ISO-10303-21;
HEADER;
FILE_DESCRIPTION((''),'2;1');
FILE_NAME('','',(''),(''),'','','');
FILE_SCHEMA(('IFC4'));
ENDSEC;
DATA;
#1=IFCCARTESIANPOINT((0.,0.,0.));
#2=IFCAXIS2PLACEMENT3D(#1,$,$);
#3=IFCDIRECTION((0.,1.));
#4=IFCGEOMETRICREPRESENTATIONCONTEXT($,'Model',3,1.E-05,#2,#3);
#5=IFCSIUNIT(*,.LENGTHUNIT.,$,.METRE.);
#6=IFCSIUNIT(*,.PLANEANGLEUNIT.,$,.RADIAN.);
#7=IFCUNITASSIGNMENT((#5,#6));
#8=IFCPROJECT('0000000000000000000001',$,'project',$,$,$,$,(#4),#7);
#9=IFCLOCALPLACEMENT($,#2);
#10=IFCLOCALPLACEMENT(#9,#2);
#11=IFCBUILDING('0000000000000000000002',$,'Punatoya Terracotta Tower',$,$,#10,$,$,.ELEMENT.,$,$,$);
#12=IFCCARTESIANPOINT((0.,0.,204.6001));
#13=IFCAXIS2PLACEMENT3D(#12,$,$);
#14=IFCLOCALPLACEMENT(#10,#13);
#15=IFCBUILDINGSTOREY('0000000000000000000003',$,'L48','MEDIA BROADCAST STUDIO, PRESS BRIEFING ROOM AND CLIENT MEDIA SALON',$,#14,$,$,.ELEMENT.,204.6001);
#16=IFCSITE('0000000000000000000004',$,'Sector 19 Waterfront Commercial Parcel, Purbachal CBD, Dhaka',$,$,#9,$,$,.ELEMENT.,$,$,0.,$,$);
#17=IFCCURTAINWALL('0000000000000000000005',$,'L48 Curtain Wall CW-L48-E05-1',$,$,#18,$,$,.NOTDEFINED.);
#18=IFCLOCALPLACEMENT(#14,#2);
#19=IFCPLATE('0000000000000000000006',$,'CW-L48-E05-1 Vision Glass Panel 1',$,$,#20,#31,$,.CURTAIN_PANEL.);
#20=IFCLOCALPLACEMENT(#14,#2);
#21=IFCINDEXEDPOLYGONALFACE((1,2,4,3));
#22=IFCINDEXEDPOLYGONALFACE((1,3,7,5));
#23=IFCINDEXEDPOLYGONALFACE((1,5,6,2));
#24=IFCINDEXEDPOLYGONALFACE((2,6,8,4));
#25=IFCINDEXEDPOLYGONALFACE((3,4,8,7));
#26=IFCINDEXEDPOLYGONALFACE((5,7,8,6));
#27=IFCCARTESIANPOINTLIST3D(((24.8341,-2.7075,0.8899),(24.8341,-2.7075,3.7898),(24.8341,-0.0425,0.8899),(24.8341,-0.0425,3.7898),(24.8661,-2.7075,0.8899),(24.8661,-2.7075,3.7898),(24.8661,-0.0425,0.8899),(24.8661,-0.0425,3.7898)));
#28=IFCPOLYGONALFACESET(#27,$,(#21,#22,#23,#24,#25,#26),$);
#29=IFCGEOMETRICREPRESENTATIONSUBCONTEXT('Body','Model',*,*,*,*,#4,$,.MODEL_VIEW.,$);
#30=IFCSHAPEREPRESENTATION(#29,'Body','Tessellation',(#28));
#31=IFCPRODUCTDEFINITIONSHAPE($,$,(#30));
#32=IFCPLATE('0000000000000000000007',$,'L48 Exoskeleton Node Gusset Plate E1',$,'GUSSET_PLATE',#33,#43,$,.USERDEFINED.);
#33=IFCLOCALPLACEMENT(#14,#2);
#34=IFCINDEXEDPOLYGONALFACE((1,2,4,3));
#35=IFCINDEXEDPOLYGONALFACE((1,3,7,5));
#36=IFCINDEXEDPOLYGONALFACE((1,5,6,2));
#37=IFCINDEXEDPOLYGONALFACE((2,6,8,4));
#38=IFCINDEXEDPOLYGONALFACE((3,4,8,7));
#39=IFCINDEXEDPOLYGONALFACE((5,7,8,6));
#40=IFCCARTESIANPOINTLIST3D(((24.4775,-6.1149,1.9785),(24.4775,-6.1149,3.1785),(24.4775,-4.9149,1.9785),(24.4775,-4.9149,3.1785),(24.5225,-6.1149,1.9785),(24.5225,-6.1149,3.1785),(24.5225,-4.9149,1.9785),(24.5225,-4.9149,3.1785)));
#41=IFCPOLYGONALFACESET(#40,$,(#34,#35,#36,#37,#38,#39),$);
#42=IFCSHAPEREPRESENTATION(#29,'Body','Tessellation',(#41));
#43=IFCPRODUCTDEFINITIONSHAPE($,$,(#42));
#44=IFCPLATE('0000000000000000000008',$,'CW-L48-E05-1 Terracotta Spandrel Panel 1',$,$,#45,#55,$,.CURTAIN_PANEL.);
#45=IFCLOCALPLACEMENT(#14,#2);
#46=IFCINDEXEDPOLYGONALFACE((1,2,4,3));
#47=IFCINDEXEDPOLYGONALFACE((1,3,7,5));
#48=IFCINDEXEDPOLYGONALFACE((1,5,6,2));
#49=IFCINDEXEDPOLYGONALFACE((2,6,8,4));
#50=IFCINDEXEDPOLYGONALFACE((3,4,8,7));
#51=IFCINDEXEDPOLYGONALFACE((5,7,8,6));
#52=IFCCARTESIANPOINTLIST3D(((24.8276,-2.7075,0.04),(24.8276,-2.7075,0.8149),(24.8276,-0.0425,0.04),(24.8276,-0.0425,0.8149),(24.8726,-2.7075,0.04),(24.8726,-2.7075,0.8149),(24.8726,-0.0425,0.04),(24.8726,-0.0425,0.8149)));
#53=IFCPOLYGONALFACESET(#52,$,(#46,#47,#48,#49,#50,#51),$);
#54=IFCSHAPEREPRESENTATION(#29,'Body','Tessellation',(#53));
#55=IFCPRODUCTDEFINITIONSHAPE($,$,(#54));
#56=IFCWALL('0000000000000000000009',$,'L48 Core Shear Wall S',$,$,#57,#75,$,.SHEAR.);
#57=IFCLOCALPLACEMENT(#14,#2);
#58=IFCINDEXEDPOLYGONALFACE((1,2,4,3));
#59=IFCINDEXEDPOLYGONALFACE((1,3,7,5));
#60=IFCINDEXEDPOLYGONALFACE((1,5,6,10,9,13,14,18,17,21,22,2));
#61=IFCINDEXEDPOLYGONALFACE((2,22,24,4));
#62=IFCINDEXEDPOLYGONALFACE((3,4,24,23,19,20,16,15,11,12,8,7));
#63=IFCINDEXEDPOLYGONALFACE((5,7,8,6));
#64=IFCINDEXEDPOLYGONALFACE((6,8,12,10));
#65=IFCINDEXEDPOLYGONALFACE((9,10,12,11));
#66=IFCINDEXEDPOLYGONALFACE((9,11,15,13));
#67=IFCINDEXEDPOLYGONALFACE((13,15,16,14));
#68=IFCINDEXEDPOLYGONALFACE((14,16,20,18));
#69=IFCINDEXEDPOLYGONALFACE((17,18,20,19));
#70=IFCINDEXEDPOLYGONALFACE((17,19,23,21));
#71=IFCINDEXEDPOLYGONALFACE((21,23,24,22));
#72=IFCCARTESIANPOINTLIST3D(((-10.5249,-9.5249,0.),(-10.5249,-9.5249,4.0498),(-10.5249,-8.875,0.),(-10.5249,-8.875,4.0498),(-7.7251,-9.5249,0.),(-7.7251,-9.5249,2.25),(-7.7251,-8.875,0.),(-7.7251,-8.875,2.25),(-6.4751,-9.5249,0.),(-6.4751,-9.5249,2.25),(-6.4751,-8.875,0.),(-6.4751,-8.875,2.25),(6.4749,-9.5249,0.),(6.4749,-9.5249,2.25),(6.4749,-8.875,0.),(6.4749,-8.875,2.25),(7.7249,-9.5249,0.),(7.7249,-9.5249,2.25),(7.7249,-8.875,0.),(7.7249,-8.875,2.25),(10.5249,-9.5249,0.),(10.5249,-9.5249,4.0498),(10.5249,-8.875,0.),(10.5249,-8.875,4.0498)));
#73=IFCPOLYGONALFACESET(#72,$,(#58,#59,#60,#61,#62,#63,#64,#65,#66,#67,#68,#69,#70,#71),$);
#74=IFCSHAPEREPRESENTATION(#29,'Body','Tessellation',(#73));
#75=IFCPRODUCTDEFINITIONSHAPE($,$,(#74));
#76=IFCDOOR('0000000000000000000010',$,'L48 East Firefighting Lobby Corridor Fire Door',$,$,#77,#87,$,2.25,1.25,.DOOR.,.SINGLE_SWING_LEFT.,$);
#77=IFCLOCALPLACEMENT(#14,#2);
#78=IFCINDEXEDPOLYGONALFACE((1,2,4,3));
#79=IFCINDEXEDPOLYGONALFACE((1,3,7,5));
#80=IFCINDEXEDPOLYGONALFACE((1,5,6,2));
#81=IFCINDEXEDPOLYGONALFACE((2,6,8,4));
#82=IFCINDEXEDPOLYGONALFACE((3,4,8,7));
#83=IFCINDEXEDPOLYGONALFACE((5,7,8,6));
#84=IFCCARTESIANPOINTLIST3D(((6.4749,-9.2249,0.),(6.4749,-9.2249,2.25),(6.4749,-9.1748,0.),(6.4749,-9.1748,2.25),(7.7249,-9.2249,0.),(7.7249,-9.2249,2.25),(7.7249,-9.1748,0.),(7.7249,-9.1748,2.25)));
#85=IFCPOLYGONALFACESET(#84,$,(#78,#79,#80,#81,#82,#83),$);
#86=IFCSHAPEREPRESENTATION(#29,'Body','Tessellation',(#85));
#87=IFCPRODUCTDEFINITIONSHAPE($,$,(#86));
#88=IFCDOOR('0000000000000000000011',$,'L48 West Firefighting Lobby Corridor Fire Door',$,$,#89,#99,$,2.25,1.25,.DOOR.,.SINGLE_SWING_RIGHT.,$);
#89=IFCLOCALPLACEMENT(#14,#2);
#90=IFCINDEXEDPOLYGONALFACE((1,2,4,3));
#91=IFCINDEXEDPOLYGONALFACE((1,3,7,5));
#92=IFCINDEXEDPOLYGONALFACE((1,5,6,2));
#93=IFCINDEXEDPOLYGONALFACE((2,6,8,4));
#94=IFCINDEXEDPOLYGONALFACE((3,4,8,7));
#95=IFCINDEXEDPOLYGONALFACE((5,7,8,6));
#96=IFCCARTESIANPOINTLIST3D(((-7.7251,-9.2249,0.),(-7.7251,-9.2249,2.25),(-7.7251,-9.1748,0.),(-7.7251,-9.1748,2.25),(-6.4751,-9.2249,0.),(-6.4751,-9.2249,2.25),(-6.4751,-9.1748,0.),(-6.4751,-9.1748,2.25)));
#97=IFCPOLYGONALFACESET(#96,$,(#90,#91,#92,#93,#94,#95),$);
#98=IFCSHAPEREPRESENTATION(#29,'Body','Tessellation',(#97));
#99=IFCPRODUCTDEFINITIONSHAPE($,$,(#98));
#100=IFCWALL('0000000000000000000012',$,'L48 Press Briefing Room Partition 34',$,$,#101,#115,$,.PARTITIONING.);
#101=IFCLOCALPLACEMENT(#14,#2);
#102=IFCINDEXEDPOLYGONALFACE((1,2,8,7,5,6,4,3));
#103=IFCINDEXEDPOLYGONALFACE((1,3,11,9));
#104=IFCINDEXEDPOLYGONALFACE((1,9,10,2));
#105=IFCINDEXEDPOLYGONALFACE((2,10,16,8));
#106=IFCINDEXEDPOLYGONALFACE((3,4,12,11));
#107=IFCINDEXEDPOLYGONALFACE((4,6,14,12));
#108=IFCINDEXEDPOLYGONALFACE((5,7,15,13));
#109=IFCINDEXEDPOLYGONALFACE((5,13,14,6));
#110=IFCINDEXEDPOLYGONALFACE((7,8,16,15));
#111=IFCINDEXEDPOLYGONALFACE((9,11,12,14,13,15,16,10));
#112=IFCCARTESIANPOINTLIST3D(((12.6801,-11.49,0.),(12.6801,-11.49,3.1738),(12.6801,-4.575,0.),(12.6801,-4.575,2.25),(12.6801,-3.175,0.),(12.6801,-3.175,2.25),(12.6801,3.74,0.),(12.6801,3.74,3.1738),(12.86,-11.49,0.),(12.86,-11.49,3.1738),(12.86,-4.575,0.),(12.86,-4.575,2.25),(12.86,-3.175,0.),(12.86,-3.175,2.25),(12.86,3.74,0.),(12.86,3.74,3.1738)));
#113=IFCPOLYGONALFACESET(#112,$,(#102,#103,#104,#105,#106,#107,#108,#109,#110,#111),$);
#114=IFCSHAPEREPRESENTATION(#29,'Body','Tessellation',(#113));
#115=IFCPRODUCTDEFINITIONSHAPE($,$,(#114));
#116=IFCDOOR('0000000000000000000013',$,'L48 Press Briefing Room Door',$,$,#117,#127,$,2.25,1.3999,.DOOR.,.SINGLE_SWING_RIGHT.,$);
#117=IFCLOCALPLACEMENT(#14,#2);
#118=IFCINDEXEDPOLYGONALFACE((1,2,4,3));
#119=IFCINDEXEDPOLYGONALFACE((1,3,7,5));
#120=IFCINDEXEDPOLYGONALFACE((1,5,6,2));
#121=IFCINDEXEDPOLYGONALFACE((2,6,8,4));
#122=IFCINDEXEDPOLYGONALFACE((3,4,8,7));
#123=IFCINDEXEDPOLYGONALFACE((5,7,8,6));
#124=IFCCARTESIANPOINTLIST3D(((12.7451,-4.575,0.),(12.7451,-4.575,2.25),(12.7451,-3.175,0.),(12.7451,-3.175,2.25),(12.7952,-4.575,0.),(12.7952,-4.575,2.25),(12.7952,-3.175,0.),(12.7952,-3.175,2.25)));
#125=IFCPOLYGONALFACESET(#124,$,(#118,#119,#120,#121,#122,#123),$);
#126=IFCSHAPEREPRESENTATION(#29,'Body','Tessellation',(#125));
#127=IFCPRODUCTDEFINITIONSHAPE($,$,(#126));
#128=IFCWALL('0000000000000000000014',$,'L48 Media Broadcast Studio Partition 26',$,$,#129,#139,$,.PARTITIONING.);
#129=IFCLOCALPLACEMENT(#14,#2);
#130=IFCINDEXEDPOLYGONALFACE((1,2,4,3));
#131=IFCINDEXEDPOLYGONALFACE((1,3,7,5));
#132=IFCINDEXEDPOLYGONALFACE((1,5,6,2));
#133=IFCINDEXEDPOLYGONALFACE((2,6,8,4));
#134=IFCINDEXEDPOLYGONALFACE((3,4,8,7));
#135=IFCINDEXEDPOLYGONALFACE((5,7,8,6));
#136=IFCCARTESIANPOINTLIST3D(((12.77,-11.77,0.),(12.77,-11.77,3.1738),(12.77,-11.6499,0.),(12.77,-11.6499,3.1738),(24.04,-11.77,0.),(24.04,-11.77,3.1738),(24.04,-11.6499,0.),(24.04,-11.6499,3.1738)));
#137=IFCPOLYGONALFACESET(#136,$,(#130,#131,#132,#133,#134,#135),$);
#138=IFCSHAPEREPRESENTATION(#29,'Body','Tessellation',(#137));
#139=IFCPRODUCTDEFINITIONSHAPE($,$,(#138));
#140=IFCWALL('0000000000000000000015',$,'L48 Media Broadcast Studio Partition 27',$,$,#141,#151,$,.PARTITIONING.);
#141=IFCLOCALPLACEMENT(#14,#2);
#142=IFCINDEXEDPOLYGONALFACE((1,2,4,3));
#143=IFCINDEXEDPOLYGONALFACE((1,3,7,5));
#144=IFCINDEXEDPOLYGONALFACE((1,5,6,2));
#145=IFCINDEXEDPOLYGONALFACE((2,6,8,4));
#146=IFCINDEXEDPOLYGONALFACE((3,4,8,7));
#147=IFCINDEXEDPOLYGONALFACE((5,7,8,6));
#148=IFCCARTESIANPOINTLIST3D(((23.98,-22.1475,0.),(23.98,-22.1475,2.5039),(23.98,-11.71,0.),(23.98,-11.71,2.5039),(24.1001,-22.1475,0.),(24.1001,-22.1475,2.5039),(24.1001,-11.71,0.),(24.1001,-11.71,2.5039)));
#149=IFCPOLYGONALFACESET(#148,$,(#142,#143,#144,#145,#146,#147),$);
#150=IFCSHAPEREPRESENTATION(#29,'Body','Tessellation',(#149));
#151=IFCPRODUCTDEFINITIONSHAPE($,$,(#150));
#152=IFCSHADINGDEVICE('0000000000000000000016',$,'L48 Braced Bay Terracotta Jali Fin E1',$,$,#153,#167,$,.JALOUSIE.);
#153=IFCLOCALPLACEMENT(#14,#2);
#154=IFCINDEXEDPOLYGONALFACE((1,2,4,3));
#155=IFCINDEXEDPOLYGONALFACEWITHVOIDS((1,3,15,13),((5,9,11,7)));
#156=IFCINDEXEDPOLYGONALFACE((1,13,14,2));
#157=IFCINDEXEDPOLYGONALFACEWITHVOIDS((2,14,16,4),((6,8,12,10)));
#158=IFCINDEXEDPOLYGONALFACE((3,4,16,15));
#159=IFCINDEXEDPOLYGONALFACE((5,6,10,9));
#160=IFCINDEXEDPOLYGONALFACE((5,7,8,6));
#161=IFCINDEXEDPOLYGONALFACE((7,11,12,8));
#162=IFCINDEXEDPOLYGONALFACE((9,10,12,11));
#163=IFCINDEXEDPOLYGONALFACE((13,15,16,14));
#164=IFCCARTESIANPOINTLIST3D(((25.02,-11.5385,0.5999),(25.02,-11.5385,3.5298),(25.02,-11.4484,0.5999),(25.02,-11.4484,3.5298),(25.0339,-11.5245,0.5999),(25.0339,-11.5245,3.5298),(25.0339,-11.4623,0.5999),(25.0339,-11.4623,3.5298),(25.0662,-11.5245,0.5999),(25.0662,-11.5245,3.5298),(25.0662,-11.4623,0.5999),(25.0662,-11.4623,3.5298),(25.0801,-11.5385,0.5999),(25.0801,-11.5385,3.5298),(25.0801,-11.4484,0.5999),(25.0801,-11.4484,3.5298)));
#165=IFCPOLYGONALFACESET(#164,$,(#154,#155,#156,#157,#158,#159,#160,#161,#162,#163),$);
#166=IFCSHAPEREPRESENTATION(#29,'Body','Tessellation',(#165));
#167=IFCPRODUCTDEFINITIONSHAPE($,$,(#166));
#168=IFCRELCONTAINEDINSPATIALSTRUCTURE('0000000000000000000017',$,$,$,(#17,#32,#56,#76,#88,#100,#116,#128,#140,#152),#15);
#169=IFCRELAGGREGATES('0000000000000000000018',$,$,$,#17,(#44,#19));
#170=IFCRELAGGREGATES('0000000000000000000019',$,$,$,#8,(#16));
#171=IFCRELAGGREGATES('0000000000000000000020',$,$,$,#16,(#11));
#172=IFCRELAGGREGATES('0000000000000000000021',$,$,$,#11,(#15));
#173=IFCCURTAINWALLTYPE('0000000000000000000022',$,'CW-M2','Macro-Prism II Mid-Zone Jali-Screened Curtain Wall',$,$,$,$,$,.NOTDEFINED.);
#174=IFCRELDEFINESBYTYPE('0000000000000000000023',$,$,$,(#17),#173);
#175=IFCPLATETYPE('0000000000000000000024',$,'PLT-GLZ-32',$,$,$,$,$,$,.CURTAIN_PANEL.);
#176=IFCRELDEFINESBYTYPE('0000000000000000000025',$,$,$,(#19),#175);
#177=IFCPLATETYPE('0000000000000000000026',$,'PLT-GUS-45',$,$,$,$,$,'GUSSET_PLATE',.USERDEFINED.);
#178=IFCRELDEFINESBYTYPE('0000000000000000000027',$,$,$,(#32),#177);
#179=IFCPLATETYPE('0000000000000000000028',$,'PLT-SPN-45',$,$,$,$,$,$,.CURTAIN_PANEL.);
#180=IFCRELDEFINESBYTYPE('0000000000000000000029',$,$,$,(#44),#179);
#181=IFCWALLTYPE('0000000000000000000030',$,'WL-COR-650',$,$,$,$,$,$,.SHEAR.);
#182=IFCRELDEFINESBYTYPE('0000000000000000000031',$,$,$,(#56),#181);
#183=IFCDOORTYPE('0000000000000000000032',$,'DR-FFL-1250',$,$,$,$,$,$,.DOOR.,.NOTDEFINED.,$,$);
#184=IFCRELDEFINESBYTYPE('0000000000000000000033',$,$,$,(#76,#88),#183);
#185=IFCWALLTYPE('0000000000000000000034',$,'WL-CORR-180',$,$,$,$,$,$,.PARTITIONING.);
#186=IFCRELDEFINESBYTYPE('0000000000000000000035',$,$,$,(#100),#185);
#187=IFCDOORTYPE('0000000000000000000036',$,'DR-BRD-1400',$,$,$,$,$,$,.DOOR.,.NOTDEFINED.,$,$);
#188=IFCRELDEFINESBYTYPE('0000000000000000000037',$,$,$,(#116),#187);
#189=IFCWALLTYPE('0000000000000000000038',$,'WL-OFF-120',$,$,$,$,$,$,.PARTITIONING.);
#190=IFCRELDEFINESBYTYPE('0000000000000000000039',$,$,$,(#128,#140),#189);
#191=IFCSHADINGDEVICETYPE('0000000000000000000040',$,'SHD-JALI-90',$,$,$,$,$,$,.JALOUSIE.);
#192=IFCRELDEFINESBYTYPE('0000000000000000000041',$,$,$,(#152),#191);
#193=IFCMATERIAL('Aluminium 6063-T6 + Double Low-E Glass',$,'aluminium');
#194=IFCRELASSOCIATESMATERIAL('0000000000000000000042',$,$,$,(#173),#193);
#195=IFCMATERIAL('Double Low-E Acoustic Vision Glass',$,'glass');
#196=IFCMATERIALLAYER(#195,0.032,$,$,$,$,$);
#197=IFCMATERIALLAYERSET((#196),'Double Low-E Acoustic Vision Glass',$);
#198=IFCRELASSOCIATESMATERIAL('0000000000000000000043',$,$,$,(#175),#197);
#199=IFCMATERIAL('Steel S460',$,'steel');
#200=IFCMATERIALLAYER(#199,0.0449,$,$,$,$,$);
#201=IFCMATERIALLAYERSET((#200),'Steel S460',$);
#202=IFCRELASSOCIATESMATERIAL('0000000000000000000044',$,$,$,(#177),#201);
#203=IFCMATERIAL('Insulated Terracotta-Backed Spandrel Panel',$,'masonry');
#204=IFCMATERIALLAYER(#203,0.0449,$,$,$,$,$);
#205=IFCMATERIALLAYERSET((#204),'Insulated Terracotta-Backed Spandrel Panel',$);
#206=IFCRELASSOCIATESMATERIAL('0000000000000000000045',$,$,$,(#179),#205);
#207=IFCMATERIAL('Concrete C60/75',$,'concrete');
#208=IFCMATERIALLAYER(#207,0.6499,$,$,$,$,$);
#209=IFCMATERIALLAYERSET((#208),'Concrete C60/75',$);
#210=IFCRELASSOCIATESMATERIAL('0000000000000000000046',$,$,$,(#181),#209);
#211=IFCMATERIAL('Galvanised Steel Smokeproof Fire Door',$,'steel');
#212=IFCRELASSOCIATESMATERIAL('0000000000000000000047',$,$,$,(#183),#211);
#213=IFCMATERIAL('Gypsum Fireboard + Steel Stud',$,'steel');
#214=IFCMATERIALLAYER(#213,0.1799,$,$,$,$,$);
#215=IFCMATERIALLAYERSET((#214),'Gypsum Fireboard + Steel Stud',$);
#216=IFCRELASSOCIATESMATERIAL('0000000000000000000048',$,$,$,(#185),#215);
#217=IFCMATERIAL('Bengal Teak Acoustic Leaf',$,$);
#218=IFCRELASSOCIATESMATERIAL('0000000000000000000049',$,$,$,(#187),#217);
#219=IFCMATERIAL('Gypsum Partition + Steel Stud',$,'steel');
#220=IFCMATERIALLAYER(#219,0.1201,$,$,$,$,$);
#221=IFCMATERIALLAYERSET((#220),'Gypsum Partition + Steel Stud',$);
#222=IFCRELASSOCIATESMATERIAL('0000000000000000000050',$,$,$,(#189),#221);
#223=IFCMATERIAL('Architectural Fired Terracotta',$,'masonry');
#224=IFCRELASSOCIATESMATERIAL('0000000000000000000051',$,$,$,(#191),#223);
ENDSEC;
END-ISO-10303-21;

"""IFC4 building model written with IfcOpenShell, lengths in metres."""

from ifc_helpers import new_model, si_unit, direction, frame, frame_2d, origin, origin_2d, place, context, subcontext, project, spatial, rectangle, hollow_rectangle, extrude, material, layer, layer_set, material_profile, profile_set, type_object, element, fill, aggregate, save


model = new_model("IFC4")

# Units and contexts
model_context = context("Model", 3, precision=1e-05, world=origin(), true_north=direction((0.0, 1.0)))
body_context = subcontext(model_context, "Body", "Model", "MODEL_VIEW")
ifc_project = project(units=[si_unit("LENGTHUNIT", "METRE"), si_unit("PLANEANGLEUNIT", "RADIAN")], contexts=[model_context])

# Site, building, storey
site_placement = place(None, origin())
site = spatial("IfcSite", under=ifc_project, at=site_placement, Name="Sector 19 Waterfront Commercial Parcel, Purbachal CBD, Dhaka", CompositionType="ELEMENT", RefElevation=0.0)
building_placement = place(site_placement, origin())
building = spatial("IfcBuilding", under=site, at=building_placement, Name="Punatoya Terracotta Tower", CompositionType="ELEMENT")
storey_placement = place(building_placement, frame((0.0, 0.0, 204.6001)))
storey = spatial("IfcBuildingStorey", under=building, at=storey_placement, Name="L48", Description="MEDIA BROADCAST STUDIO, PRESS BRIEFING ROOM AND CLIENT MEDIA SALON", CompositionType="ELEMENT", Elevation=204.6001)

# Shared definitions
ifc_material_1 = material(Name="Steel S460", Category="steel")

# Curtain wall
ifc_material_2 = material(Name="Aluminium 6063-T6 + Double Low-E Glass", Category="aluminium")
curtain_wall_type = type_object("IfcCurtainWallType", Name="CW-M2", Description="Macro-Prism II Mid-Zone Jali-Screened Curtain Wall", PredefinedType="NOTDEFINED", material=ifc_material_2)
curtain_wall_placement = place(storey_placement, origin())
curtain_wall = element("IfcCurtainWall", 1, at=curtain_wall_placement, inside=storey, type_object=curtain_wall_type, Name="L48 Curtain Wall CW-L48-E05-1", PredefinedType="NOTDEFINED")

# Plates
ifc_material_3 = material(Name="Double Low-E Acoustic Vision Glass", Category="glass")
ifc_layer_1 = layer(ifc_material_3, 0.032)
ifc_layer_set_1 = layer_set([ifc_layer_1], Name="Double Low-E Acoustic Vision Glass")
plate_type_1 = type_object("IfcPlateType", Name="PLT-GLZ-32", PredefinedType="CURTAIN_PANEL", material=ifc_layer_set_1)
plate_1_placement = place(storey_placement, frame((24.8501, -1.375, 0.8899), z_axis=(0.0, 0.0, 1.0), x_axis=(0.0, 1.0, 0.0)))
plate_1 = element("IfcPlate", 2, at=plate_1_placement, type_object=plate_type_1, Name="CW-L48-E05-1 Vision Glass Panel 1", PredefinedType="CURTAIN_PANEL", context=body_context, shape_type="SweptSolid", body=[
    extrude(rectangle(XDim=2.665, YDim=0.032, at=origin_2d()), origin(), (0.0, 0.0, 1.0), 2.8999),
])
ifc_layer_2 = layer(ifc_material_1, 0.0449)
ifc_layer_set_2 = layer_set([ifc_layer_2], Name="Steel S460")
plate_type_2 = type_object("IfcPlateType", Name="PLT-GUS-45", ElementType="GUSSET_PLATE", PredefinedType="USERDEFINED", material=ifc_layer_set_2)
plate_2_placement = place(storey_placement, frame((24.5, -5.5149, 1.9785), z_axis=(0.0, 0.0, 1.0), x_axis=(0.0, 1.0, 0.0)))
element("IfcPlate", 3, at=plate_2_placement, inside=storey, type_object=plate_type_2, Name="L48 Exoskeleton Node Gusset Plate E1", ObjectType="GUSSET_PLATE", PredefinedType="USERDEFINED", context=body_context, shape_type="SweptSolid", body=[
    extrude(rectangle(XDim=1.2, YDim=0.0449, at=origin_2d()), origin(), (0.0, 0.0, 1.0), 1.2),
])
ifc_material_4 = material(Name="Insulated Terracotta-Backed Spandrel Panel", Category="masonry")
ifc_layer_3 = layer(ifc_material_4, 0.0449)
ifc_layer_set_3 = layer_set([ifc_layer_3], Name="Insulated Terracotta-Backed Spandrel Panel")
plate_type_3 = type_object("IfcPlateType", Name="PLT-SPN-45", PredefinedType="CURTAIN_PANEL", material=ifc_layer_set_3)
plate_3_placement = place(storey_placement, frame((24.8501, -1.375, 0.04), z_axis=(0.0, 0.0, 1.0), x_axis=(0.0, 1.0, 0.0)))
plate_3 = element("IfcPlate", 4, at=plate_3_placement, type_object=plate_type_3, Name="CW-L48-E05-1 Terracotta Spandrel Panel 1", PredefinedType="CURTAIN_PANEL", context=body_context, shape_type="SweptSolid", body=[
    extrude(rectangle(XDim=2.665, YDim=0.0449, at=origin_2d()), origin(), (0.0, 0.0, 1.0), 0.7749),
])
aggregate(curtain_wall, [plate_3, plate_1])

# Wall, openings, doors
ifc_material_5 = material(Name="Concrete C60/75", Category="concrete")
ifc_layer_4 = layer(ifc_material_5, 0.6499)
ifc_layer_set_4 = layer_set([ifc_layer_4], Name="Concrete C60/75")
wall_type_1 = type_object("IfcWallType", Name="WL-COR-650", PredefinedType="SHEAR", material=ifc_layer_set_4)
wall_1_placement = place(storey_placement, frame((10.5249, -9.2, 0.0), z_axis=(0.0, 0.0, 1.0), x_axis=(-1.0, 0.0, 0.0)))
wall_1 = element("IfcWall", 5, at=wall_1_placement, inside=storey, type_object=wall_type_1, Name="L48 Core Shear Wall S", PredefinedType="SHEAR", context=body_context, shape_type="SweptSolid", body=[
    extrude(rectangle(XDim=21.0498, YDim=0.6499, at=frame_2d((10.5249, 0.0))), origin(), (0.0, 0.0, 1.0), 4.0498),
])
opening_1_placement = place(wall_1_placement, frame((2.8, 0.0, 0.0)))
opening_1 = element("IfcOpeningElement", 6, at=opening_1_placement, cuts=wall_1, PredefinedType="OPENING", context=body_context, shape_type="SweptSolid", body=[
    extrude(rectangle(XDim=1.25, YDim=2.25, at=frame_2d((0.625, 1.125))), frame((0.0, 0.335, 0.0), z_axis=(0.0, -1.0, 0.0), x_axis=(1.0, 0.0, 0.0)), (0.0, 0.0, 1.0), 0.6699),
])
opening_2_placement = place(wall_1_placement, frame((17.0, 0.0, 0.0)))
opening_2 = element("IfcOpeningElement", 7, at=opening_2_placement, cuts=wall_1, PredefinedType="OPENING", context=body_context, shape_type="SweptSolid", body=[
    extrude(rectangle(XDim=1.25, YDim=2.25, at=frame_2d((0.625, 1.125))), frame((0.0, 0.335, 0.0), z_axis=(0.0, -1.0, 0.0), x_axis=(1.0, 0.0, 0.0)), (0.0, 0.0, 1.0), 0.6699),
])
ifc_material_6 = material(Name="Galvanised Steel Smokeproof Fire Door", Category="steel")
door_type_1 = type_object("IfcDoorType", Name="DR-FFL-1250", OperationType="NOTDEFINED", PredefinedType="DOOR", material=ifc_material_6)
door_1_placement = place(opening_1_placement, origin())
door_1 = element("IfcDoor", 8, at=door_1_placement, inside=storey, type_object=door_type_1, Name="L48 East Firefighting Lobby Corridor Fire Door", OperationType="SINGLE_SWING_LEFT", OverallHeight=2.25, OverallWidth=1.25, PredefinedType="DOOR", context=body_context, shape_type="SweptSolid", body=[
    extrude(rectangle(XDim=1.25, YDim=2.25, at=frame_2d((0.625, 1.125))), frame((0.0, 0.0249, 0.0), z_axis=(0.0, -1.0, 0.0), x_axis=(1.0, 0.0, 0.0)), (0.0, 0.0, 1.0), 0.05),
])
fill(opening_1, door_1)
door_2_placement = place(opening_2_placement, origin())
door_2 = element("IfcDoor", 9, at=door_2_placement, inside=storey, type_object=door_type_1, Name="L48 West Firefighting Lobby Corridor Fire Door", OperationType="SINGLE_SWING_RIGHT", OverallHeight=2.25, OverallWidth=1.25, PredefinedType="DOOR", context=body_context, shape_type="SweptSolid", body=[
    extrude(rectangle(XDim=1.25, YDim=2.25, at=frame_2d((0.625, 1.125))), frame((0.0, 0.0249, 0.0), z_axis=(0.0, -1.0, 0.0), x_axis=(1.0, 0.0, 0.0)), (0.0, 0.0, 1.0), 0.05),
])
fill(opening_2, door_2)

# Wall, opening, door
ifc_material_7 = material(Name="Gypsum Fireboard + Steel Stud", Category="steel")
ifc_layer_5 = layer(ifc_material_7, 0.1799)
ifc_layer_set_5 = layer_set([ifc_layer_5], Name="Gypsum Fireboard + Steel Stud")
wall_type_2 = type_object("IfcWallType", Name="WL-CORR-180", PredefinedType="PARTITIONING", material=ifc_layer_set_5)
wall_2_placement = place(storey_placement, frame((12.77, -11.49, 0.0), z_axis=(0.0, 0.0, 1.0), x_axis=(0.0, 1.0, 0.0)))
wall_2 = element("IfcWall", 10, at=wall_2_placement, inside=storey, type_object=wall_type_2, Name="L48 Press Briefing Room Partition 34", PredefinedType="PARTITIONING", context=body_context, shape_type="SweptSolid", body=[
    extrude(rectangle(XDim=15.23, YDim=0.1799, at=frame_2d((7.615, 0.0))), origin(), (0.0, 0.0, 1.0), 3.1738),
])
opening_3_placement = place(wall_2_placement, frame((6.915, 0.0, 0.0)))
opening_3 = element("IfcOpeningElement", 11, at=opening_3_placement, cuts=wall_2, PredefinedType="OPENING", context=body_context, shape_type="SweptSolid", body=[
    extrude(rectangle(XDim=1.3999, YDim=2.25, at=frame_2d((0.7, 1.125))), frame((0.0, 0.0999, 0.0), z_axis=(0.0, -1.0, 0.0), x_axis=(1.0, 0.0, 0.0)), (0.0, 0.0, 1.0), 0.2),
])
ifc_material_8 = material(Name="Bengal Teak Acoustic Leaf")
door_type_2 = type_object("IfcDoorType", Name="DR-BRD-1400", OperationType="NOTDEFINED", PredefinedType="DOOR", material=ifc_material_8)
door_3_placement = place(opening_3_placement, origin())
door_3 = element("IfcDoor", 12, at=door_3_placement, inside=storey, type_object=door_type_2, Name="L48 Press Briefing Room Door", OperationType="SINGLE_SWING_RIGHT", OverallHeight=2.25, OverallWidth=1.3999, PredefinedType="DOOR", context=body_context, shape_type="SweptSolid", body=[
    extrude(rectangle(XDim=1.3999, YDim=2.25, at=frame_2d((0.7, 1.125))), frame((0.0, 0.0249, 0.0), z_axis=(0.0, -1.0, 0.0), x_axis=(1.0, 0.0, 0.0)), (0.0, 0.0, 1.0), 0.05),
])
fill(opening_3, door_3)

# Walls
ifc_material_9 = material(Name="Gypsum Partition + Steel Stud", Category="steel")
ifc_layer_6 = layer(ifc_material_9, 0.1201)
ifc_layer_set_6 = layer_set([ifc_layer_6], Name="Gypsum Partition + Steel Stud")
wall_type_3 = type_object("IfcWallType", Name="WL-OFF-120", PredefinedType="PARTITIONING", material=ifc_layer_set_6)
wall_3_placement = place(storey_placement, frame((12.77, -11.71, 0.0), z_axis=(0.0, 0.0, 1.0), x_axis=(1.0, 0.0, 0.0)))
element("IfcWall", 13, at=wall_3_placement, inside=storey, type_object=wall_type_3, Name="L48 Media Broadcast Studio Partition 26", PredefinedType="PARTITIONING", context=body_context, shape_type="SweptSolid", body=[
    extrude(rectangle(XDim=11.27, YDim=0.1201, at=frame_2d((5.635, 0.0))), origin(), (0.0, 0.0, 1.0), 3.1738),
])
wall_4_placement = place(storey_placement, frame((24.04, -11.71, 0.0), z_axis=(0.0, 0.0, 1.0), x_axis=(0.0, -1.0, 0.0)))
element("IfcWall", 14, at=wall_4_placement, inside=storey, type_object=wall_type_3, Name="L48 Media Broadcast Studio Partition 27", PredefinedType="PARTITIONING", context=body_context, shape_type="SweptSolid", body=[
    extrude(rectangle(XDim=10.4375, YDim=0.1201, at=frame_2d((5.2188, 0.0))), origin(), (0.0, 0.0, 1.0), 2.5039),
])

# Shading device
ifc_material_10 = material(Name="Architectural Fired Terracotta", Category="masonry")
ifc_material_profile_1 = material_profile(ifc_material_10, hollow_rectangle(XDim=0.0601, YDim=0.0901, WallThickness=0.0139, at=origin_2d()))
ifc_profile_set_1 = profile_set([ifc_material_profile_1], Name="Architectural Fired Terracotta")
shading_device_type = type_object("IfcShadingDeviceType", Name="SHD-JALI-90", PredefinedType="JALOUSIE", material=ifc_profile_set_1)
shading_device_placement = place(storey_placement, frame((25.05, -11.4934, 0.5999), z_axis=(0.0, 0.0, 1.0), x_axis=(1.0, 0.0, 0.0)))
element("IfcShadingDevice", 15, at=shading_device_placement, inside=storey, type_object=shading_device_type, Name="L48 Braced Bay Terracotta Jali Fin E1", PredefinedType="JALOUSIE", context=body_context, shape_type="SweptSolid", body=[
    extrude(hollow_rectangle(XDim=0.0601, YDim=0.0901, WallThickness=0.0139, at=origin_2d()), origin(), (0.0, 0.0, 1.0), 2.9299),
])

save(model, "model.ifc")
